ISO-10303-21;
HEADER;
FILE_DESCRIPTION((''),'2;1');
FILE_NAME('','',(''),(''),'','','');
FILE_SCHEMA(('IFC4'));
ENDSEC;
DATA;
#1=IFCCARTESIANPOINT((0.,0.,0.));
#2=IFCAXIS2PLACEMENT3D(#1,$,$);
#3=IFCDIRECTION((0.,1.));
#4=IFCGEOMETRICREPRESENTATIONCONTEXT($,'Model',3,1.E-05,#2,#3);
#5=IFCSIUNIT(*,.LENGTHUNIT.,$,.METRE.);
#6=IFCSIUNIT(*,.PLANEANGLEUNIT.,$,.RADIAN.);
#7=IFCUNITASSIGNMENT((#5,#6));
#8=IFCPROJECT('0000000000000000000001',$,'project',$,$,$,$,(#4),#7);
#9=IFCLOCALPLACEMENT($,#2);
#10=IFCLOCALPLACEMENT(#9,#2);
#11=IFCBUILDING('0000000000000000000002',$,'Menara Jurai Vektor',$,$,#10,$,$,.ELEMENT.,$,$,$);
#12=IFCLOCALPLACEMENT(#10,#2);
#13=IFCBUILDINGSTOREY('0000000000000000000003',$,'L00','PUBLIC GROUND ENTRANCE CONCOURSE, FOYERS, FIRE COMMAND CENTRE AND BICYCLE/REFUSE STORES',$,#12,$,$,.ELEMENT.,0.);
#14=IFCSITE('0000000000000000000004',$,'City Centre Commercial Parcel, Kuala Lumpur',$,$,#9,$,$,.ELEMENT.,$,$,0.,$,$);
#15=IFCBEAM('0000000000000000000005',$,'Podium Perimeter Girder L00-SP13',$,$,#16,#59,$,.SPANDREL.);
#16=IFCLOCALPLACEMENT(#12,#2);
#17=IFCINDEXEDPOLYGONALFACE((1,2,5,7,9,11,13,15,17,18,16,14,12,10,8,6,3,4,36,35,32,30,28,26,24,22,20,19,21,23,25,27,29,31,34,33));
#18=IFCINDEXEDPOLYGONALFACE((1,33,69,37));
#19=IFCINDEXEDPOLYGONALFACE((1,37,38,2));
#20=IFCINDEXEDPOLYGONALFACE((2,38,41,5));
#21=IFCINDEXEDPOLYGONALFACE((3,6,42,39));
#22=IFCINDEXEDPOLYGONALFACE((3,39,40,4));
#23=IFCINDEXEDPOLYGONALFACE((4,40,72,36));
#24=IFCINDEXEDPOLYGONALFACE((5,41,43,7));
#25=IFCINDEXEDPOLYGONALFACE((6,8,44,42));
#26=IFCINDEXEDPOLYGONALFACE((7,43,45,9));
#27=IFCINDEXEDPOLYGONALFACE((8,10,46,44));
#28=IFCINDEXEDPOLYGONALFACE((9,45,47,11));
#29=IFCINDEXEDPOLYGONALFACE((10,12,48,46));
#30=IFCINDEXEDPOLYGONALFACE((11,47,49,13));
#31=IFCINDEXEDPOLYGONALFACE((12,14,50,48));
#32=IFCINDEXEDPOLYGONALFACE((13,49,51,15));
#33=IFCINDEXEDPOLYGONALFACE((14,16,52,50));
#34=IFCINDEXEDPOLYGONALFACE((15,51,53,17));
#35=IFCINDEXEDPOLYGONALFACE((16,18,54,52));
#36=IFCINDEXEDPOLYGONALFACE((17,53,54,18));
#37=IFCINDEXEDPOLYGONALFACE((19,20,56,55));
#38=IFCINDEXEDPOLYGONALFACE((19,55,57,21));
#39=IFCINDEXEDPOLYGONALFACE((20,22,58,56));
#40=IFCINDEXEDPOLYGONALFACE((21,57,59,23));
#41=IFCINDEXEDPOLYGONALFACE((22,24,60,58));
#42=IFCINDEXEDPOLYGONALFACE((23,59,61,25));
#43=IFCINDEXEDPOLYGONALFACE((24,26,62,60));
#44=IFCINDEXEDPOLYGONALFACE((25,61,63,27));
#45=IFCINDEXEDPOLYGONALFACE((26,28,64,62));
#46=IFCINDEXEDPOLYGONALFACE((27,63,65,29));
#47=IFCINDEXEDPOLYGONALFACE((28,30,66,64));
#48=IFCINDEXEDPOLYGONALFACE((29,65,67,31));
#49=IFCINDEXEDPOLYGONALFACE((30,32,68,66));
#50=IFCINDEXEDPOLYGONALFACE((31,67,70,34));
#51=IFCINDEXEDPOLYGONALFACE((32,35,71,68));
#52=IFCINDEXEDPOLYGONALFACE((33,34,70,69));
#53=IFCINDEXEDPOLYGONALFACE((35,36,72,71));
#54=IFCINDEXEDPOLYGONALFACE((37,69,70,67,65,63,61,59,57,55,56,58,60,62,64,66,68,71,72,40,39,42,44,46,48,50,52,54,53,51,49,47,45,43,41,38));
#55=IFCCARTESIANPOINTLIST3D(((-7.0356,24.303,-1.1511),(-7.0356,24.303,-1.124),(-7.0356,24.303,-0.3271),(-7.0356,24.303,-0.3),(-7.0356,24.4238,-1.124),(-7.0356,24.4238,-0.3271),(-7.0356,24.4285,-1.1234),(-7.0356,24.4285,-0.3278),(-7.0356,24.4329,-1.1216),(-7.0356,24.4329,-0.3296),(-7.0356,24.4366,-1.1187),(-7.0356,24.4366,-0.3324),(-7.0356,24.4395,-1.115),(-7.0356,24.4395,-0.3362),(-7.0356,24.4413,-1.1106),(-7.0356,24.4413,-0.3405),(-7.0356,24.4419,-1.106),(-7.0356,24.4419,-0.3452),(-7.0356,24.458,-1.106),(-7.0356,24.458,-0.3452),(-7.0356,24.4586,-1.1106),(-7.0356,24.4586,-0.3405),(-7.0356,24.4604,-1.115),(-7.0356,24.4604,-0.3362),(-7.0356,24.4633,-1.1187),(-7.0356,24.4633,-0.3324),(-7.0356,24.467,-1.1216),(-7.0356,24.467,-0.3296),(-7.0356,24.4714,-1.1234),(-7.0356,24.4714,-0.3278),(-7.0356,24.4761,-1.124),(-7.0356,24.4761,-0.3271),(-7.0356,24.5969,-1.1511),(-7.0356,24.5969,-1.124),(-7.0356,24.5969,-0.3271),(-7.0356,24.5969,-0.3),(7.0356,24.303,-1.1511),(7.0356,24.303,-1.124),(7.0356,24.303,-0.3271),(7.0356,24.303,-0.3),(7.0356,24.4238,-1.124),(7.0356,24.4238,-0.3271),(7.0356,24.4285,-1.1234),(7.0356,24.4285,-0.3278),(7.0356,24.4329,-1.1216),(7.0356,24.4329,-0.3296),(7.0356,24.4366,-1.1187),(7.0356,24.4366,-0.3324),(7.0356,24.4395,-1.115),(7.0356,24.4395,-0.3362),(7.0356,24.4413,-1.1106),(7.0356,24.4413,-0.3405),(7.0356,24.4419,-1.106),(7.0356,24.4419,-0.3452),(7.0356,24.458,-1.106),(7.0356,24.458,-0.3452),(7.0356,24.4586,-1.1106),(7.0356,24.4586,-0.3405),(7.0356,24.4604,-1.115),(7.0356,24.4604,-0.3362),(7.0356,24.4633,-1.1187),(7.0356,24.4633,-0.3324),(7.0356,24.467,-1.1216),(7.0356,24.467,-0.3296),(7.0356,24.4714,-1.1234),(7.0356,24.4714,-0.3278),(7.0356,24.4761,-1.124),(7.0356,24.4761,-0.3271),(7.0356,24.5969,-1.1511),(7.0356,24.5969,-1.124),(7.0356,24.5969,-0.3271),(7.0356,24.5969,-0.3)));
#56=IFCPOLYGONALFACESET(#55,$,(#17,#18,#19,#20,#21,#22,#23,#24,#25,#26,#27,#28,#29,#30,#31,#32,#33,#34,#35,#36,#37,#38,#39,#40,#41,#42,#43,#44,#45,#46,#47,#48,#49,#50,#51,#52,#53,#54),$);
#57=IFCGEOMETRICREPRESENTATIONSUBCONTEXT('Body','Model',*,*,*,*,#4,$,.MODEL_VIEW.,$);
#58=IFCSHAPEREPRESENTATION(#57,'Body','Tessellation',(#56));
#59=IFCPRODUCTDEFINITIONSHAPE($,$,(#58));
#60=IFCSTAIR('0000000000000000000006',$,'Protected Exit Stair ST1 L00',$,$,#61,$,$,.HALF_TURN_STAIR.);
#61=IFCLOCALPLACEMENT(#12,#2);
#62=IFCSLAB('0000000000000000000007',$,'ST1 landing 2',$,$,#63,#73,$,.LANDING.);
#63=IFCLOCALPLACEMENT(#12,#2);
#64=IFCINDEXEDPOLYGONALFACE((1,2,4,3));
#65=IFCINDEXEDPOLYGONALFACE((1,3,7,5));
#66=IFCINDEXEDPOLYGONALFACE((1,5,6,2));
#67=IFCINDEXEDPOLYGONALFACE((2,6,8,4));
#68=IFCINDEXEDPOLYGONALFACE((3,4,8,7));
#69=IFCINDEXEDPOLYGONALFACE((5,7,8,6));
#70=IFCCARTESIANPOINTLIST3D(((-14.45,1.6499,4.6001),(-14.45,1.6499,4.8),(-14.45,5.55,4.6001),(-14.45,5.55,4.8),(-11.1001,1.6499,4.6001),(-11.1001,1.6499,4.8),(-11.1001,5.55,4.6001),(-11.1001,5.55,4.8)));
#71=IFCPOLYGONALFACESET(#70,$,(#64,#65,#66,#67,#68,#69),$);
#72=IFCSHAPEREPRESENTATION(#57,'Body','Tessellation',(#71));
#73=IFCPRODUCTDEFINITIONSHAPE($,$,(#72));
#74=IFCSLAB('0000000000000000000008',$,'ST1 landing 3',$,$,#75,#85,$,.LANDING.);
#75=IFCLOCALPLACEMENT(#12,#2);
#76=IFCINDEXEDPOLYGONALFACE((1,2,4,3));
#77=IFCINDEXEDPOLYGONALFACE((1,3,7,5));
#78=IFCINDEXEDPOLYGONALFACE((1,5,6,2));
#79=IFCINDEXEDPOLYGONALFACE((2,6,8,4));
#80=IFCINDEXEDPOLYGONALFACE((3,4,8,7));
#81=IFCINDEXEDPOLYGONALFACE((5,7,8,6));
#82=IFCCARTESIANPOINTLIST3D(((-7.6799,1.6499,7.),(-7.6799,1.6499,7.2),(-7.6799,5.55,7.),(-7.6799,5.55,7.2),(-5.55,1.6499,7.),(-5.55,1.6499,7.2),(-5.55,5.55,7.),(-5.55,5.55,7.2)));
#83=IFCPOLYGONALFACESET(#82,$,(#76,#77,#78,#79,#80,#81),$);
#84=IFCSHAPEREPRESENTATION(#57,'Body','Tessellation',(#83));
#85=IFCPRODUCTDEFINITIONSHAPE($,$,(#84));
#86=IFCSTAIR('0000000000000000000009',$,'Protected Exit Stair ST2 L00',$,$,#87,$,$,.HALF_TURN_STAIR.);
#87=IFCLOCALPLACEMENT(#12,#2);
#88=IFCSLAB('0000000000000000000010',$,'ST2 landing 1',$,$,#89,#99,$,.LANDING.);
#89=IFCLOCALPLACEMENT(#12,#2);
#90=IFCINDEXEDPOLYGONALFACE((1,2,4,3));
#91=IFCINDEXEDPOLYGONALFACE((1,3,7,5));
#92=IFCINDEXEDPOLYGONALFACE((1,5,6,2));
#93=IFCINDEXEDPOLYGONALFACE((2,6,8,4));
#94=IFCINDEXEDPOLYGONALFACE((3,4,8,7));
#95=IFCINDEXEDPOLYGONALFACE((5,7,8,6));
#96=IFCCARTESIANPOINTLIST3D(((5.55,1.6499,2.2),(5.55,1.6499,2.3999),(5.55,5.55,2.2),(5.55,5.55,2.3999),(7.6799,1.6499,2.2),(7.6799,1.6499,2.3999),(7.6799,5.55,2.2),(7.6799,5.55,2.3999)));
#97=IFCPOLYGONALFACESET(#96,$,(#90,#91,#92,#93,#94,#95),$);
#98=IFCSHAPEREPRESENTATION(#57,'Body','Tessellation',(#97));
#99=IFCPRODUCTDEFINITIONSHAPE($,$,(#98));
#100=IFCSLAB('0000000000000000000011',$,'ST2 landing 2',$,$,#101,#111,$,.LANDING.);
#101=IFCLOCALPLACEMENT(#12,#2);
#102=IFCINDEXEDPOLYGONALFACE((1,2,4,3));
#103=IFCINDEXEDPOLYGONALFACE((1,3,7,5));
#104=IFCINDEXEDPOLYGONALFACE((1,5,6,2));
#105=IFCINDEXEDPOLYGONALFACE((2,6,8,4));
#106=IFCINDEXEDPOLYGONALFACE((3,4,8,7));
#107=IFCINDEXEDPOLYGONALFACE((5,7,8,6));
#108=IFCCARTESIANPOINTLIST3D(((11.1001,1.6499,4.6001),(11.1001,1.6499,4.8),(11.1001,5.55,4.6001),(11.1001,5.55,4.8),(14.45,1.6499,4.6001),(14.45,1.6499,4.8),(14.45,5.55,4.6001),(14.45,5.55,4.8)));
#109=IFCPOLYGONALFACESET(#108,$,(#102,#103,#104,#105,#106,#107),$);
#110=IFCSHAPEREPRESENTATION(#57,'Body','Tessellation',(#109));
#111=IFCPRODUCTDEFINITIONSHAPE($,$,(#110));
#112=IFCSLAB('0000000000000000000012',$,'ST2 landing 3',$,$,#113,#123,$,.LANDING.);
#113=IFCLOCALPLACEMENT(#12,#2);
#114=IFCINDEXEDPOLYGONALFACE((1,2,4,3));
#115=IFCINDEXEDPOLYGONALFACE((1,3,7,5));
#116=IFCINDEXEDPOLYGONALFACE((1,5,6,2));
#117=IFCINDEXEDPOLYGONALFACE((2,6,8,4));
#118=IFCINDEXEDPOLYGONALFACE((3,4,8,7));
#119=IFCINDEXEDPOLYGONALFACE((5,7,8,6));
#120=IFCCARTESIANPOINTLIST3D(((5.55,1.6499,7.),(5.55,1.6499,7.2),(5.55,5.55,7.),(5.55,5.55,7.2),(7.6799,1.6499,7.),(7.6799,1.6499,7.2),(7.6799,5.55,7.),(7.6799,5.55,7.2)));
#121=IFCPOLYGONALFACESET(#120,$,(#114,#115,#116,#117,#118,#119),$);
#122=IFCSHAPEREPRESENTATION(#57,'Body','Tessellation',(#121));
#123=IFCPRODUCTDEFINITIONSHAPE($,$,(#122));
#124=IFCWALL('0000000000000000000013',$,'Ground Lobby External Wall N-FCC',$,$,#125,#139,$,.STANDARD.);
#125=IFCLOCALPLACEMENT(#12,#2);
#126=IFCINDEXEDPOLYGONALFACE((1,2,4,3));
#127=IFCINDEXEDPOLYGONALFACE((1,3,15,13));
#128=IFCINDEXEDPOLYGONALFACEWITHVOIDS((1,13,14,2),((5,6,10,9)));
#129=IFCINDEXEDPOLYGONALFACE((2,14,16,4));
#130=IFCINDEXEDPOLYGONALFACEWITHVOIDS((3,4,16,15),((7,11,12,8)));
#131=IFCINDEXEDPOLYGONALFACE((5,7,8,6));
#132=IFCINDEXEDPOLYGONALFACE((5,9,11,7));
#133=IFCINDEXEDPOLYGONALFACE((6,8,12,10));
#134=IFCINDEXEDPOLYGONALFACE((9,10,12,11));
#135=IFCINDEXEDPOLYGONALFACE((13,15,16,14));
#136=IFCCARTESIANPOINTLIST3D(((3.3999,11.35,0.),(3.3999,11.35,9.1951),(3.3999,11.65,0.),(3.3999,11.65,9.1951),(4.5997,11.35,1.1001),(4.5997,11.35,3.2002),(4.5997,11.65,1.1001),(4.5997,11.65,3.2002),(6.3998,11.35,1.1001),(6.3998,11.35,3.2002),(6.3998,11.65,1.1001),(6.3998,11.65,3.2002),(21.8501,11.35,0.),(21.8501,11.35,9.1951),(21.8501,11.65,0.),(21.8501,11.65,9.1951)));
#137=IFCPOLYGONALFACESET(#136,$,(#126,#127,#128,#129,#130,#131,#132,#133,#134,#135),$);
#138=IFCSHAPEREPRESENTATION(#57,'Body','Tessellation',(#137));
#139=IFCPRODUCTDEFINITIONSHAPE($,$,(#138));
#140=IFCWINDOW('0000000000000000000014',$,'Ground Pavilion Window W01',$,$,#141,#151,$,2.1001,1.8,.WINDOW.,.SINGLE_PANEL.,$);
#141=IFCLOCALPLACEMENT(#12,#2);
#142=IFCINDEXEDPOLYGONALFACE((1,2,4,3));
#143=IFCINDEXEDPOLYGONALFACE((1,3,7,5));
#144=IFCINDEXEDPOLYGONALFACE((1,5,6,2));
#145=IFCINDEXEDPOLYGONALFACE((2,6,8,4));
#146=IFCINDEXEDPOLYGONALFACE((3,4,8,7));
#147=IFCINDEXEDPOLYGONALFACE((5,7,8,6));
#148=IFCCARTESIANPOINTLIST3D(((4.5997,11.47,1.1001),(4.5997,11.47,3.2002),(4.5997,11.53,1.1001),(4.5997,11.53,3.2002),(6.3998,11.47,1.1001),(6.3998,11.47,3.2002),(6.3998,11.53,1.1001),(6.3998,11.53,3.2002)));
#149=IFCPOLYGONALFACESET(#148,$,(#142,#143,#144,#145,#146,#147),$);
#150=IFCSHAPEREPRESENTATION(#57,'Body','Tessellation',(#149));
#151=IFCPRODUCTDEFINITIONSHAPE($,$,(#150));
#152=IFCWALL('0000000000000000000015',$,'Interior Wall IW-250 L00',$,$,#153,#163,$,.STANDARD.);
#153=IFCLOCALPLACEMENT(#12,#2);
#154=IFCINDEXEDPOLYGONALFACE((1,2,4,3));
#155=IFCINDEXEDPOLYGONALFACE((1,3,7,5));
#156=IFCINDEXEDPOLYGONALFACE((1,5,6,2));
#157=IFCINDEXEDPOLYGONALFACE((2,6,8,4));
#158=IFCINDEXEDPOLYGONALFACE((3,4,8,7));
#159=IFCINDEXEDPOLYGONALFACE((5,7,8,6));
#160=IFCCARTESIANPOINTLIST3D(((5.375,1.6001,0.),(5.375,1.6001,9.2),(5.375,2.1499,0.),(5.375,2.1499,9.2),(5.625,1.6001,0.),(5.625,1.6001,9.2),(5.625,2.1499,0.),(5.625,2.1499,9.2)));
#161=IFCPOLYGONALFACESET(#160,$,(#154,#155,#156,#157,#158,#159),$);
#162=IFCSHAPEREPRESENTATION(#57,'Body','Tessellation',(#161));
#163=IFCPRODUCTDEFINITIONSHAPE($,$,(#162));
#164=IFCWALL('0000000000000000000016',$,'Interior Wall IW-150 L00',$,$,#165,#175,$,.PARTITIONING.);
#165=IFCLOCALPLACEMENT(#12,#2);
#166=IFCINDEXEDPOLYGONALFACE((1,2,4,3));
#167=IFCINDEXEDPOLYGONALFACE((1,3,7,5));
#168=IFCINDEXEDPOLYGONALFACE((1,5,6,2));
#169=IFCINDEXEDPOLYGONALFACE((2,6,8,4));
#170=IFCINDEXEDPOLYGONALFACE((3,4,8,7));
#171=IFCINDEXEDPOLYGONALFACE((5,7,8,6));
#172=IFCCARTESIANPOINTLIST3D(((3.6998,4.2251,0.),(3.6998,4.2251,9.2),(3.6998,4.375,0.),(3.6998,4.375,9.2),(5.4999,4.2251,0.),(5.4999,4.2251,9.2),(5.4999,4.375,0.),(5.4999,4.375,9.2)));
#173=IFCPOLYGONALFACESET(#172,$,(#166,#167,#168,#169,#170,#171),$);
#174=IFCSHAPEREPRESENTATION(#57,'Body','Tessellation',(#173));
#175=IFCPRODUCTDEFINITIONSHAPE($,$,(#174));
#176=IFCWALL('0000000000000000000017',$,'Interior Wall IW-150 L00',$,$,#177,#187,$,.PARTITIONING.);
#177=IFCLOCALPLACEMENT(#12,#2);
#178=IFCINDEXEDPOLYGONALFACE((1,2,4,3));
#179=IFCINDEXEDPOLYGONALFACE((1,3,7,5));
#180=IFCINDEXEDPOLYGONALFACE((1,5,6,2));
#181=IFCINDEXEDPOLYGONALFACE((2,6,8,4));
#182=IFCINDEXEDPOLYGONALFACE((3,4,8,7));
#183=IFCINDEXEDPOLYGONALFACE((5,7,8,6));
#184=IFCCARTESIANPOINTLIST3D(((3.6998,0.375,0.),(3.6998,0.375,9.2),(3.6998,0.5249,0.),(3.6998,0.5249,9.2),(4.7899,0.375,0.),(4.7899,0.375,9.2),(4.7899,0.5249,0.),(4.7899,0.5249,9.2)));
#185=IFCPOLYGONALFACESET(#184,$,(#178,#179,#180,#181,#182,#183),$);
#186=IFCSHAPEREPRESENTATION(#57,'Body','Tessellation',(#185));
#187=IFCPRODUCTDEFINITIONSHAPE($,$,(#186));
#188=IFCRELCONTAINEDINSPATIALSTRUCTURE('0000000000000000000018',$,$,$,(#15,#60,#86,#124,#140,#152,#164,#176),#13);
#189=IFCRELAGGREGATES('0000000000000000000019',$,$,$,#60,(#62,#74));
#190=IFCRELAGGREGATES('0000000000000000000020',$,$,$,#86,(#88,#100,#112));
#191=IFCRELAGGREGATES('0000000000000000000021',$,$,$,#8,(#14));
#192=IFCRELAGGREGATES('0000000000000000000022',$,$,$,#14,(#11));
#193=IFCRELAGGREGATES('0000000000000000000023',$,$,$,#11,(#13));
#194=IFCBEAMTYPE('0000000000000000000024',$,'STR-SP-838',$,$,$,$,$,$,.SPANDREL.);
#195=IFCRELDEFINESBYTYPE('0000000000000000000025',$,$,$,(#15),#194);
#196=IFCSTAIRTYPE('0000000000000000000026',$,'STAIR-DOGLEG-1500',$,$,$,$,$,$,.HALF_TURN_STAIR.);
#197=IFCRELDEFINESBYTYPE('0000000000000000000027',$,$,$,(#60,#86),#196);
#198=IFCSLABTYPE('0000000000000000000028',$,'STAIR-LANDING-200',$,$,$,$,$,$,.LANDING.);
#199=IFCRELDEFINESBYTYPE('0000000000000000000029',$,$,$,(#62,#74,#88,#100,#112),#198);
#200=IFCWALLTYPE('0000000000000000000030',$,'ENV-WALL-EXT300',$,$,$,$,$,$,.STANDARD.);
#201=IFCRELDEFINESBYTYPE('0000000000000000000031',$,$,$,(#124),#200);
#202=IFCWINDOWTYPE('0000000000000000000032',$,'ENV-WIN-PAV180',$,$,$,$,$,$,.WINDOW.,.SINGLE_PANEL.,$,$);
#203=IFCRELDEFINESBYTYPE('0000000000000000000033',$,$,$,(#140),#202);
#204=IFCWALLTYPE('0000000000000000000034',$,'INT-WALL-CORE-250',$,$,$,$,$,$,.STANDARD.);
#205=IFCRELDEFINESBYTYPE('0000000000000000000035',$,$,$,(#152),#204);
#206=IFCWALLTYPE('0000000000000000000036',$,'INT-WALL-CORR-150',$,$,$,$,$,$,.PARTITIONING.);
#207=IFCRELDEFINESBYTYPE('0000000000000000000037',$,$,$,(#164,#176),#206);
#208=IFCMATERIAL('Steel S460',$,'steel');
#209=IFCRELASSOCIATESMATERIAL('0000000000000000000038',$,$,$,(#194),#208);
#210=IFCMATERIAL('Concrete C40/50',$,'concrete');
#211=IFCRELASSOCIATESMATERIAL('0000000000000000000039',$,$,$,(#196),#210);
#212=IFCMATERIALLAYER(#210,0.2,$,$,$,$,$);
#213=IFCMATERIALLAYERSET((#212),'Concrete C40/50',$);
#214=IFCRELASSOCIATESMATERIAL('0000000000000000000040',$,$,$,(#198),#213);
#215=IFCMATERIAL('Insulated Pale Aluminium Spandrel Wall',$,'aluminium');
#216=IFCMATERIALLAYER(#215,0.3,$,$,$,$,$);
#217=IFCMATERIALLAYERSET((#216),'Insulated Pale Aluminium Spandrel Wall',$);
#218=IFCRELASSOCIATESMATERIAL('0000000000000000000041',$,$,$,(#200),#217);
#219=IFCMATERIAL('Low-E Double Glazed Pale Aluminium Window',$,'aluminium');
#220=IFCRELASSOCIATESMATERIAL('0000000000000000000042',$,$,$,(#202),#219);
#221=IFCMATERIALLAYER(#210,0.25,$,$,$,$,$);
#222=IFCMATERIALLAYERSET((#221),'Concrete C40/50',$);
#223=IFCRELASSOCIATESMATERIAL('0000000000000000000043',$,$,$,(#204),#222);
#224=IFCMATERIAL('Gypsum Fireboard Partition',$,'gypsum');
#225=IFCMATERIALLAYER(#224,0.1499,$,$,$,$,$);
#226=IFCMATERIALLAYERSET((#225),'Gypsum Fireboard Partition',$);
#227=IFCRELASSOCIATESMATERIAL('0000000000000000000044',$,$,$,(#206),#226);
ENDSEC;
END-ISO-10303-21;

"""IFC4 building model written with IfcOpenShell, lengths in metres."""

from ifc_helpers import new_model, si_unit, direction, frame, frame_2d, origin, origin_2d, place, context, subcontext, project, spatial, polyline, rectangle, i_section, outline, extrude, material, layer, layer_set, material_profile, profile_set, type_object, element, fill, aggregate, save


model = new_model("IFC4")

# Units and contexts
model_context = context("Model", 3, precision=1e-05, world=origin(), true_north=direction((0.0, 1.0)))
body_context = subcontext(model_context, "Body", "Model", "MODEL_VIEW")
ifc_project = project(units=[si_unit("LENGTHUNIT", "METRE"), si_unit("PLANEANGLEUNIT", "RADIAN")], contexts=[model_context])

# Site, building, storey
site_placement = place(None, origin())
site = spatial("IfcSite", under=ifc_project, at=site_placement, Name="City Centre Commercial Parcel, Kuala Lumpur", CompositionType="ELEMENT", RefElevation=0.0)
building_placement = place(site_placement, origin())
building = spatial("IfcBuilding", under=site, at=building_placement, Name="Menara Jurai Vektor", CompositionType="ELEMENT")
storey_placement = place(building_placement, origin())
storey = spatial("IfcBuildingStorey", under=building, at=storey_placement, Name="L00", Description="PUBLIC GROUND ENTRANCE CONCOURSE, FOYERS, FIRE COMMAND CENTRE AND BICYCLE/REFUSE STORES", CompositionType="ELEMENT", Elevation=0.0)

# Shared definitions
ifc_material_1 = material(Name="Steel S460", Category="steel")

# Beam
ifc_material_profile_1 = material_profile(ifc_material_1, i_section(OverallWidth=0.2939, OverallDepth=0.8511, WebThickness=0.0161, FlangeThickness=0.0271, FilletRadius=0.0181, at=origin_2d()), Name="UKB 838x292x226")
ifc_profile_set_1 = profile_set([ifc_material_profile_1], Name="Steel S460")
beam_type_1 = type_object("IfcBeamType", Name="STR-SP-838", PredefinedType="SPANDREL", material=ifc_profile_set_1)
beam_1_placement = place(storey_placement, frame((7.0356, 24.45, -0.7256), z_axis=(-1.0, 0.0, 0.0), x_axis=(0.0, -1.0, 0.0)))
element("IfcBeam", 1, at=beam_1_placement, inside=storey, type_object=beam_type_1, Name="Podium Perimeter Girder L00-SP13", PredefinedType="SPANDREL", context=body_context, shape_type="SweptSolid", body=[
    extrude(i_section(OverallWidth=0.2939, OverallDepth=0.8511, WebThickness=0.0161, FlangeThickness=0.0271, FilletRadius=0.0181, at=origin_2d()), origin(), (0.0, 0.0, 1.0), 14.0713),
])

# Stairs, slabs
ifc_material_2 = material(Name="Concrete C40/50", Category="concrete")
stair_type = type_object("IfcStairType", Name="STAIR-DOGLEG-1500", PredefinedType="HALF_TURN_STAIR", material=ifc_material_2)
stair_1_placement = place(storey_placement, origin())
stair_1 = element("IfcStair", 2, at=stair_1_placement, inside=storey, type_object=stair_type, Name="Protected Exit Stair ST1 L00", PredefinedType="HALF_TURN_STAIR")
ifc_layer_1 = layer(ifc_material_2, 0.2)
ifc_layer_set_1 = layer_set([ifc_layer_1], Name="Concrete C40/50")
slab_type = type_object("IfcSlabType", Name="STAIR-LANDING-200", PredefinedType="LANDING", material=ifc_layer_set_1)
slab_1_placement = place(storey_placement, frame((0.0, 0.0, 4.6001)))
slab_1 = element("IfcSlab", 3, at=slab_1_placement, type_object=slab_type, Name="ST1 landing 2", PredefinedType="LANDING", context=body_context, shape_type="SweptSolid", body=[
    extrude(outline(polyline([(-14.45, 1.6499), (-11.1001, 1.6499), (-11.1001, 5.55), (-14.45, 5.55), (-14.45, 1.6499)])), origin(), (0.0, 0.0, 1.0), 0.2),
])
slab_2_placement = place(storey_placement, frame((0.0, 0.0, 7.0)))
slab_2 = element("IfcSlab", 4, at=slab_2_placement, type_object=slab_type, Name="ST1 landing 3", PredefinedType="LANDING", context=body_context, shape_type="SweptSolid", body=[
    extrude(outline(polyline([(-7.6799, 1.6499), (-5.55, 1.6499), (-5.55, 5.55), (-7.6799, 5.55), (-7.6799, 1.6499)])), origin(), (0.0, 0.0, 1.0), 0.2),
])
aggregate(stair_1, [slab_1, slab_2])
stair_2_placement = place(storey_placement, origin())
stair_2 = element("IfcStair", 5, at=stair_2_placement, inside=storey, type_object=stair_type, Name="Protected Exit Stair ST2 L00", PredefinedType="HALF_TURN_STAIR")
slab_3_placement = place(storey_placement, frame((0.0, 0.0, 2.2)))
slab_3 = element("IfcSlab", 6, at=slab_3_placement, type_object=slab_type, Name="ST2 landing 1", PredefinedType="LANDING", context=body_context, shape_type="SweptSolid", body=[
    extrude(outline(polyline([(5.55, 1.6499), (7.6799, 1.6499), (7.6799, 5.55), (5.55, 5.55), (5.55, 1.6499)])), origin(), (0.0, 0.0, 1.0), 0.2),
])
slab_4_placement = place(storey_placement, frame((0.0, 0.0, 4.6001)))
slab_4 = element("IfcSlab", 7, at=slab_4_placement, type_object=slab_type, Name="ST2 landing 2", PredefinedType="LANDING", context=body_context, shape_type="SweptSolid", body=[
    extrude(outline(polyline([(11.1001, 1.6499), (14.45, 1.6499), (14.45, 5.55), (11.1001, 5.55), (11.1001, 1.6499)])), origin(), (0.0, 0.0, 1.0), 0.2),
])
slab_5_placement = place(storey_placement, frame((0.0, 0.0, 7.0)))
slab_5 = element("IfcSlab", 8, at=slab_5_placement, type_object=slab_type, Name="ST2 landing 3", PredefinedType="LANDING", context=body_context, shape_type="SweptSolid", body=[
    extrude(outline(polyline([(5.55, 1.6499), (7.6799, 1.6499), (7.6799, 5.55), (5.55, 5.55), (5.55, 1.6499)])), origin(), (0.0, 0.0, 1.0), 0.2),
])
aggregate(stair_2, [slab_3, slab_4, slab_5])

# Wall, opening, window
ifc_material_3 = material(Name="Insulated Pale Aluminium Spandrel Wall", Category="aluminium")
ifc_layer_2 = layer(ifc_material_3, 0.3)
ifc_layer_set_2 = layer_set([ifc_layer_2], Name="Insulated Pale Aluminium Spandrel Wall")
wall_type_1 = type_object("IfcWallType", Name="ENV-WALL-EXT300", PredefinedType="STANDARD", material=ifc_layer_set_2)
wall_1_placement = place(storey_placement, frame((3.3999, 11.5, 0.0), z_axis=(0.0, 0.0, 1.0), x_axis=(1.0, 0.0, 0.0)))
wall_1 = element("IfcWall", 9, at=wall_1_placement, inside=storey, type_object=wall_type_1, Name="Ground Lobby External Wall N-FCC", PredefinedType="STANDARD", context=body_context, shape_type="SweptSolid", body=[
    extrude(rectangle(XDim=18.4502, YDim=0.3, at=frame_2d((9.2251, 0.0))), origin(), (0.0, 0.0, 1.0), 9.1951),
])
opening_1_placement = place(wall_1_placement, frame((1.2, 0.0, 1.1001)))
opening_1 = element("IfcOpeningElement", 10, at=opening_1_placement, cuts=wall_1, PredefinedType="OPENING", context=body_context, shape_type="SweptSolid", body=[
    extrude(rectangle(XDim=1.8, YDim=2.1001, at=frame_2d((0.8999, 1.05))), frame((0.0, 0.1602, 0.0), z_axis=(0.0, -1.0, 0.0), x_axis=(1.0, 0.0, 0.0)), (0.0, 0.0, 1.0), 0.3201),
])
ifc_material_4 = material(Name="Low-E Double Glazed Pale Aluminium Window", Category="aluminium")
window_type = type_object("IfcWindowType", Name="ENV-WIN-PAV180", PartitioningType="SINGLE_PANEL", PredefinedType="WINDOW", material=ifc_material_4)
window_placement = place(opening_1_placement, origin())
window = element("IfcWindow", 11, at=window_placement, inside=storey, type_object=window_type, Name="Ground Pavilion Window W01", OverallHeight=2.1001, OverallWidth=1.8, PartitioningType="SINGLE_PANEL", PredefinedType="WINDOW", context=body_context, shape_type="SweptSolid", body=[
    extrude(rectangle(XDim=1.8, YDim=2.1001, at=frame_2d((0.8999, 1.05))), frame((0.0, 0.03, 0.0), z_axis=(0.0, -1.0, 0.0), x_axis=(1.0, 0.0, 0.0)), (0.0, 0.0, 1.0), 0.0601),
])
fill(opening_1, window)

# Walls
ifc_layer_3 = layer(ifc_material_2, 0.25)
ifc_layer_set_3 = layer_set([ifc_layer_3], Name="Concrete C40/50")
wall_type_2 = type_object("IfcWallType", Name="INT-WALL-CORE-250", PredefinedType="STANDARD", material=ifc_layer_set_3)
wall_2_placement = place(storey_placement, frame((5.5, 1.6001, 0.0), z_axis=(0.0, 0.0, 1.0), x_axis=(0.0, 1.0, 0.0)))
element("IfcWall", 12, at=wall_2_placement, inside=storey, type_object=wall_type_2, Name="Interior Wall IW-250 L00", PredefinedType="STANDARD", context=body_context, shape_type="SweptSolid", body=[
    extrude(rectangle(XDim=0.5498, YDim=0.25, at=frame_2d((0.2749, 0.0))), origin(), (0.0, 0.0, 1.0), 9.2),
])
ifc_material_5 = material(Name="Gypsum Fireboard Partition", Category="gypsum")
ifc_layer_4 = layer(ifc_material_5, 0.1499)
ifc_layer_set_4 = layer_set([ifc_layer_4], Name="Gypsum Fireboard Partition")
wall_type_3 = type_object("IfcWallType", Name="INT-WALL-CORR-150", PredefinedType="PARTITIONING", material=ifc_layer_set_4)
wall_3_placement = place(storey_placement, frame((3.7, 4.3, 0.0), z_axis=(0.0, 0.0, 1.0), x_axis=(1.0, 0.0, 0.0)))
element("IfcWall", 13, at=wall_3_placement, inside=storey, type_object=wall_type_3, Name="Interior Wall IW-150 L00", PredefinedType="PARTITIONING", context=body_context, shape_type="SweptSolid", body=[
    extrude(rectangle(XDim=1.8, YDim=0.1499, at=frame_2d((0.8999, 0.0))), origin(), (0.0, 0.0, 1.0), 9.2),
])
wall_4_placement = place(storey_placement, frame((3.7, 0.45, 0.0), z_axis=(0.0, 0.0, 1.0), x_axis=(1.0, 0.0, 0.0)))
element("IfcWall", 14, at=wall_4_placement, inside=storey, type_object=wall_type_3, Name="Interior Wall IW-150 L00", PredefinedType="PARTITIONING", context=body_context, shape_type="SweptSolid", body=[
    extrude(rectangle(XDim=1.0901, YDim=0.1499, at=frame_2d((0.5449, 0.0))), origin(), (0.0, 0.0, 1.0), 9.2),
])

save(model, "model.ifc")
